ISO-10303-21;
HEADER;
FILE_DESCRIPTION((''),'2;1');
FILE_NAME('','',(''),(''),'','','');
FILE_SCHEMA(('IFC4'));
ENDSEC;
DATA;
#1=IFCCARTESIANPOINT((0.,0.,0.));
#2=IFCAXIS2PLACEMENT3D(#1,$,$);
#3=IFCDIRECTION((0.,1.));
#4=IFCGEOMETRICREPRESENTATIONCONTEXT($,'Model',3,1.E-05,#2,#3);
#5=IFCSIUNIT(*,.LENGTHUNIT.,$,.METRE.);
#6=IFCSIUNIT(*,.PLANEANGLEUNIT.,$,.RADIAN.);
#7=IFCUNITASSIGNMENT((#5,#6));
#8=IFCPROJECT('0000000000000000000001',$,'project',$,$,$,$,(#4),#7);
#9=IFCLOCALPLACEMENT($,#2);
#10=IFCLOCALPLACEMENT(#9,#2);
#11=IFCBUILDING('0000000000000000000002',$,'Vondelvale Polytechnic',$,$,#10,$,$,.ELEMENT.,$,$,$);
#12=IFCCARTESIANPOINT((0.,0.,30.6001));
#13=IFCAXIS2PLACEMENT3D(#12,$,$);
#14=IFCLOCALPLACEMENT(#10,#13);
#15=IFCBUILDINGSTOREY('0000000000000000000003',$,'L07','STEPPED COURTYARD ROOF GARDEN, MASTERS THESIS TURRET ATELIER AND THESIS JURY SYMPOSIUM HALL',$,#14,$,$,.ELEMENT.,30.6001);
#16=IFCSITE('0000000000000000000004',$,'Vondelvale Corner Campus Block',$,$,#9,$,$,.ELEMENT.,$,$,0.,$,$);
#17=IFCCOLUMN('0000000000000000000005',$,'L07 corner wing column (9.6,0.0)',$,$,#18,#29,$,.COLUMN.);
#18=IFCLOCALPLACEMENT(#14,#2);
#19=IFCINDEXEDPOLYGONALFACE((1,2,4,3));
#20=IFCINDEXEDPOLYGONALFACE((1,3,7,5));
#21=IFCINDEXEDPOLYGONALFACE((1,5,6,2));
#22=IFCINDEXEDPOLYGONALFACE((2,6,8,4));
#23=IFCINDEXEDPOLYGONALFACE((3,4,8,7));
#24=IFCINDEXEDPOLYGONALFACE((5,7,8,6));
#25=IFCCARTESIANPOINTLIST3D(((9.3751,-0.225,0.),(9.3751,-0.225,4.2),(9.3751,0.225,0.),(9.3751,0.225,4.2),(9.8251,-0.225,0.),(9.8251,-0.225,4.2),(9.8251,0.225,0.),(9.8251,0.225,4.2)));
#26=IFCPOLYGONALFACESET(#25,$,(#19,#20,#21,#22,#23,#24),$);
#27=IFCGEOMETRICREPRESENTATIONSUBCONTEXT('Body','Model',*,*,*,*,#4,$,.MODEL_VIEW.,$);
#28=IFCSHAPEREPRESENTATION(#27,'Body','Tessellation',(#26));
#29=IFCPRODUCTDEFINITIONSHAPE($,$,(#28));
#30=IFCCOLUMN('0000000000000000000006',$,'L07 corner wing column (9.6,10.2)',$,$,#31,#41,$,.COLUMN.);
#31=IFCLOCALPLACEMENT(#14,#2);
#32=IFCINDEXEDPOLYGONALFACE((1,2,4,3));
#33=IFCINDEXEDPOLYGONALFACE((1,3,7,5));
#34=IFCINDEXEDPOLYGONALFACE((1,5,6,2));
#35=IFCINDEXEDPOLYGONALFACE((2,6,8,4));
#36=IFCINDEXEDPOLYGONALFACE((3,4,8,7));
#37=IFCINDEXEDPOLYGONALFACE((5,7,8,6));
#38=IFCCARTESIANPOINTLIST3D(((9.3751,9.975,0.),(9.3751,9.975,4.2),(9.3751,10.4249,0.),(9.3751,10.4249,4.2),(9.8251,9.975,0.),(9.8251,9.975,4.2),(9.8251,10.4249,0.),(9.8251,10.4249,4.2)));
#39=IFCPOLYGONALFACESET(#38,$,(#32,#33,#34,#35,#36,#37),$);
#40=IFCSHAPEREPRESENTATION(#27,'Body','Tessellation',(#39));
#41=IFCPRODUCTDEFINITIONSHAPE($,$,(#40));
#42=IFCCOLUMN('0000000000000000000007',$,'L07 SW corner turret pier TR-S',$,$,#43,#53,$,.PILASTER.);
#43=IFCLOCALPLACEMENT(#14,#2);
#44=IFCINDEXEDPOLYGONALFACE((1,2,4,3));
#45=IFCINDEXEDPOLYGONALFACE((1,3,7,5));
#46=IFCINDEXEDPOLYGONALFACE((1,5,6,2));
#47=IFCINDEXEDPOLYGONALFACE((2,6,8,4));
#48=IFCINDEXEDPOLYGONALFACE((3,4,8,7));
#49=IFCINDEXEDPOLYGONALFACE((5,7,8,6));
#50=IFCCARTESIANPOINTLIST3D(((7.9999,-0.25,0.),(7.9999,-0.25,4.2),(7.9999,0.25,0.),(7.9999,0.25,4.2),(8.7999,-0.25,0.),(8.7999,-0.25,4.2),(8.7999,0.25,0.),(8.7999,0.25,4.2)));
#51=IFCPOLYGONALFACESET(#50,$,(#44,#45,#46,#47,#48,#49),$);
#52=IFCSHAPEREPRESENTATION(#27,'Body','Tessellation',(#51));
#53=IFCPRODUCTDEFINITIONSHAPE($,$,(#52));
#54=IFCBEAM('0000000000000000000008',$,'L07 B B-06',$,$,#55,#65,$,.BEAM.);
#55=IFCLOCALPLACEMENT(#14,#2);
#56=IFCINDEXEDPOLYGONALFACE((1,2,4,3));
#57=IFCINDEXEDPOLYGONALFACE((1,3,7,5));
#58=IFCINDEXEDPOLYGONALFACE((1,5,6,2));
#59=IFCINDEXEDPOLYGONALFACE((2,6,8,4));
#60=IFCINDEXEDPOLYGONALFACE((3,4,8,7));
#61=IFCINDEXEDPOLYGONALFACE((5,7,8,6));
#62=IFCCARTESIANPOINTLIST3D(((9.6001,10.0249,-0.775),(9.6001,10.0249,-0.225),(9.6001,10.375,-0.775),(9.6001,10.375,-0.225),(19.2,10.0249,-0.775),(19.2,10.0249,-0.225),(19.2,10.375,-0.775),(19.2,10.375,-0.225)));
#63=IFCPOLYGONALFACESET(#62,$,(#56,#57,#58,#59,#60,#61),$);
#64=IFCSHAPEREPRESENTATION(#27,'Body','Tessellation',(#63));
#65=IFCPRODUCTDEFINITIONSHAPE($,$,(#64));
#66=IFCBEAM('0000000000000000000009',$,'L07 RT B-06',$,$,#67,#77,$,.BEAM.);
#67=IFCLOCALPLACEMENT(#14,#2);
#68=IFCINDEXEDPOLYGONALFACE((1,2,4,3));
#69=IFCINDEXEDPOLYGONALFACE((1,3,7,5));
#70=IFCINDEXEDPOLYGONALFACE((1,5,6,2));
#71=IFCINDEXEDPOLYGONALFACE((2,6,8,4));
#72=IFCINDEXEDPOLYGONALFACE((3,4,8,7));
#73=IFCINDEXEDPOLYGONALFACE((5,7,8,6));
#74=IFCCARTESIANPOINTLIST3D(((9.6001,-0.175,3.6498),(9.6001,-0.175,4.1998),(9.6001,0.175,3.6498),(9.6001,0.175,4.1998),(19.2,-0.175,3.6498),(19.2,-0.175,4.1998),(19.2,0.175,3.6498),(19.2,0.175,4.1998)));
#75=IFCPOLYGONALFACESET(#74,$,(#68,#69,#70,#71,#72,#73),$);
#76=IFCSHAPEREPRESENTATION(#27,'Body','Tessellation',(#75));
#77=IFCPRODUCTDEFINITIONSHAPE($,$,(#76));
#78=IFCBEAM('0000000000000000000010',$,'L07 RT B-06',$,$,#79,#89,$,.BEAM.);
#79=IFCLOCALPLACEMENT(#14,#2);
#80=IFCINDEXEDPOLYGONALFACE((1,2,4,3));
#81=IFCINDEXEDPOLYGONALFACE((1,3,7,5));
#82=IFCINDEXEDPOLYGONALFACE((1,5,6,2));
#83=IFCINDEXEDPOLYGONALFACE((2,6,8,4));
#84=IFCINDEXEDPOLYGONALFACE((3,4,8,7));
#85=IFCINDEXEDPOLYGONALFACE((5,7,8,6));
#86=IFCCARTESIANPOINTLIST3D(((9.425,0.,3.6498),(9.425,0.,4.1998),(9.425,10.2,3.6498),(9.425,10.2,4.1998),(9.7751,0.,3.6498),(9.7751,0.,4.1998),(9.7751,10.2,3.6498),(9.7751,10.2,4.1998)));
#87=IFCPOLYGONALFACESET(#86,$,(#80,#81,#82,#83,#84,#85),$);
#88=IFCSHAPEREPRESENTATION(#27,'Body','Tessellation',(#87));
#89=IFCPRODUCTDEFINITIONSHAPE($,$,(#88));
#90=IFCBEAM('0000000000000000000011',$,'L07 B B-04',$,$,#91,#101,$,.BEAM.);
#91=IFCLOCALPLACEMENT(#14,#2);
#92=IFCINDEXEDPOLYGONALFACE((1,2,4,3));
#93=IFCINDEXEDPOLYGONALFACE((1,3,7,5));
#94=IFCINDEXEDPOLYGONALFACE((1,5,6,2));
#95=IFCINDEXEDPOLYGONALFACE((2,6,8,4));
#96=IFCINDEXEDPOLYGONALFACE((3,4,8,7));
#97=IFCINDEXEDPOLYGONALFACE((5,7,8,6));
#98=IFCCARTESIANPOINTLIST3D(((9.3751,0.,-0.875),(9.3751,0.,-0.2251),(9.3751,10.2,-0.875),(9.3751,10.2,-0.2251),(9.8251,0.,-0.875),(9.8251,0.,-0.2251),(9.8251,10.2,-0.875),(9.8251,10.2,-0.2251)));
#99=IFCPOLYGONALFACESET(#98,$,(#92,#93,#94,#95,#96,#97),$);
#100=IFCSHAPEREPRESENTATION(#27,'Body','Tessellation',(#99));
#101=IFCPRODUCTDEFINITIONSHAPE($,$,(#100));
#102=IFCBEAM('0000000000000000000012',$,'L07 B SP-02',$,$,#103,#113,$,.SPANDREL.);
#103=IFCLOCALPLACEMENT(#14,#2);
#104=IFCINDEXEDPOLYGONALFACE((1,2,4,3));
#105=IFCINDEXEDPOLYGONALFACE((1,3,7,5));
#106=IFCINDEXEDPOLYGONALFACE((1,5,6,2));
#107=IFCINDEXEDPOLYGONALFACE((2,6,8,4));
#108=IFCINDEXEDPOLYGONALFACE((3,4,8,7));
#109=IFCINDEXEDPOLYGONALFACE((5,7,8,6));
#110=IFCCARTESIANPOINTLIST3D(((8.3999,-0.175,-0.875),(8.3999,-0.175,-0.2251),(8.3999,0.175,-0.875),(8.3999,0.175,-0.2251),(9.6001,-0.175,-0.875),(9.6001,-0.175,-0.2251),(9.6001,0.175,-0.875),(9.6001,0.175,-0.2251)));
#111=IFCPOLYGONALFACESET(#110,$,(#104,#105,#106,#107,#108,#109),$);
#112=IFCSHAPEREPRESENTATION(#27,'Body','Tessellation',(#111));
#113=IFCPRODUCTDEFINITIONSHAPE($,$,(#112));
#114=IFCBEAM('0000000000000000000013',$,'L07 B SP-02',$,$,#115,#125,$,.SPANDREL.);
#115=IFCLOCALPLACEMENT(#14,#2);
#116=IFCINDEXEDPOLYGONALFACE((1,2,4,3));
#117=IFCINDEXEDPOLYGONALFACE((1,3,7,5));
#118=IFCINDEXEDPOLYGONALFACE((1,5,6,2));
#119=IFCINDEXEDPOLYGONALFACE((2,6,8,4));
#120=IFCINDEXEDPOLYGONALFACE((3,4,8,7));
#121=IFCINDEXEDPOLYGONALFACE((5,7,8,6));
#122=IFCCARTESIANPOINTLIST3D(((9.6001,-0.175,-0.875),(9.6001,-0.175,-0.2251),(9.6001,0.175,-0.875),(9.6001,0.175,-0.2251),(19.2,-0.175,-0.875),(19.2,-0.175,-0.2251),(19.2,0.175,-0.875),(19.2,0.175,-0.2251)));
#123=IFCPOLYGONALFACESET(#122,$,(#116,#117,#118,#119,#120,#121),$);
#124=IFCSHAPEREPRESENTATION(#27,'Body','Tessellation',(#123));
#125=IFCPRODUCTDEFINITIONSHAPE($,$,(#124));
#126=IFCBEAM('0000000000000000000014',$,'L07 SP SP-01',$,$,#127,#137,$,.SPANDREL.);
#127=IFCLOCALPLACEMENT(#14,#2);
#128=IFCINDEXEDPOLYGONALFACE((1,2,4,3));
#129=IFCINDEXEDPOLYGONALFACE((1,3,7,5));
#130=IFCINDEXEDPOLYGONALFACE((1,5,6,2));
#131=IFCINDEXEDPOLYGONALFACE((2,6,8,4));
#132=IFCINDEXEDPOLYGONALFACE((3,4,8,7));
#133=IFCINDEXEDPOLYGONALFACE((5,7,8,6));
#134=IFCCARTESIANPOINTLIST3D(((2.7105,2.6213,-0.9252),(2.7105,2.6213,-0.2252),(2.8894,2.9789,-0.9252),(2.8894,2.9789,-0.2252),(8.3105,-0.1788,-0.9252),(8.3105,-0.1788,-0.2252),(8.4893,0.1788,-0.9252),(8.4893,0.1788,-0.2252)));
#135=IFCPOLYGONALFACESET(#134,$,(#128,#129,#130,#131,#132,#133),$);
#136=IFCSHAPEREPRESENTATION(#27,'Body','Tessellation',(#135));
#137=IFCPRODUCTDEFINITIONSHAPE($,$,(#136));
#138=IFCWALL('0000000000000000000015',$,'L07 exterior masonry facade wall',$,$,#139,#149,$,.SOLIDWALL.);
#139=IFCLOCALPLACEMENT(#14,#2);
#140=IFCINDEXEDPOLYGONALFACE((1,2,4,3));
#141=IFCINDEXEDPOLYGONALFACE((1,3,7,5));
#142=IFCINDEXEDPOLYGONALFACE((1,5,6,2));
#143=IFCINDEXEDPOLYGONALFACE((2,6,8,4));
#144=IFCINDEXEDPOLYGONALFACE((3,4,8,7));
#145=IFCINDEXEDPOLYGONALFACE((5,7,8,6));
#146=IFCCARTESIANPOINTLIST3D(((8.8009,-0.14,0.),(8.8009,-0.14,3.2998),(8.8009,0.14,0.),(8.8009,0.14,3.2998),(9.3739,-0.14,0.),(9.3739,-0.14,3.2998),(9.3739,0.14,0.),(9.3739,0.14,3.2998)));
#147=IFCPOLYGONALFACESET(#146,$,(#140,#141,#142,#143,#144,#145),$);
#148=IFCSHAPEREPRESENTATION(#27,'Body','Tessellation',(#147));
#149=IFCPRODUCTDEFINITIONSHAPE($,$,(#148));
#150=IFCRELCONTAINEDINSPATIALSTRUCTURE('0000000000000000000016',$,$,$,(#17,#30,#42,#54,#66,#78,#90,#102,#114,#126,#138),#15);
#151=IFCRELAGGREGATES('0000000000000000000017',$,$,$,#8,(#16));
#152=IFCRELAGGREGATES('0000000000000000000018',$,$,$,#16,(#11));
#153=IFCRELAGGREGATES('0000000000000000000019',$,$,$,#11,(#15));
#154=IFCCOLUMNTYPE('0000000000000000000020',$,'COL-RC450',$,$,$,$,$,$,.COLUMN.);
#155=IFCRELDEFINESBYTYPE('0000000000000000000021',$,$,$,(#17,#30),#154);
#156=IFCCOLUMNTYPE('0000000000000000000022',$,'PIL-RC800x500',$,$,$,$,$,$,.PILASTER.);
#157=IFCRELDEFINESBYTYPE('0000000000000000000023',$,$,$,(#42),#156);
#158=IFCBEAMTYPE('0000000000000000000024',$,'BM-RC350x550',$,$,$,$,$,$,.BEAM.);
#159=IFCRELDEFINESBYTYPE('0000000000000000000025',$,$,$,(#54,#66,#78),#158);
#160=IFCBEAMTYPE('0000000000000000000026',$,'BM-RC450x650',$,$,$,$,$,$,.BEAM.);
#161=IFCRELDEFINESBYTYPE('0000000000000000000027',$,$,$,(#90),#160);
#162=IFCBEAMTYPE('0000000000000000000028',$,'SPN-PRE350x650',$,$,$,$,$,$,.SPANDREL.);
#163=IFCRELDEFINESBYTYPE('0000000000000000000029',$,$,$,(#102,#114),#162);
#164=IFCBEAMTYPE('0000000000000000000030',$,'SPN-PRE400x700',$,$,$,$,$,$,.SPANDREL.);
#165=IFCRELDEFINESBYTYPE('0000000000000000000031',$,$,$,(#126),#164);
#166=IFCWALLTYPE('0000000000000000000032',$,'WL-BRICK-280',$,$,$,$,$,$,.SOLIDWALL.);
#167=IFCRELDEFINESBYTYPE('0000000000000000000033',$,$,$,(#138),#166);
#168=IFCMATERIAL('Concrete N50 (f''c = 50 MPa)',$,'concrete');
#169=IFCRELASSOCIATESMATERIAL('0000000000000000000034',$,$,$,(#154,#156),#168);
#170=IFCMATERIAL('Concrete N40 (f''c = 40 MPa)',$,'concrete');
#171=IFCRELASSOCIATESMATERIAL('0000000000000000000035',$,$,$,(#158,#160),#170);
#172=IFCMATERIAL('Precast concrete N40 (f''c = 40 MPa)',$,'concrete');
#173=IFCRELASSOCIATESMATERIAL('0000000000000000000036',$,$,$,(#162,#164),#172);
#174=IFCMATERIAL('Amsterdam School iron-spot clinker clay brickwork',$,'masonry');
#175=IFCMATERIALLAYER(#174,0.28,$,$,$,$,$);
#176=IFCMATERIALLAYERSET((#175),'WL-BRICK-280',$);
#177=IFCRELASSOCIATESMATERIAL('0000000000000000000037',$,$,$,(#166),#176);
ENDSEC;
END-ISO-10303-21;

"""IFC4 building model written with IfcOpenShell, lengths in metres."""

from ifc_helpers import new_model, si_unit, direction, frame, frame_2d, origin, origin_2d, place, context, subcontext, project, spatial, rectangle, extrude, material, layer, layer_set, material_profile, profile_set, type_object, element, save


model = new_model("IFC4")

# Units and contexts
model_context = context("Model", 3, precision=1e-05, world=origin(), true_north=direction((0.0, 1.0)))
body_context = subcontext(model_context, "Body", "Model", "MODEL_VIEW")
ifc_project = project(units=[si_unit("LENGTHUNIT", "METRE"), si_unit("PLANEANGLEUNIT", "RADIAN")], contexts=[model_context])

# Site, building, storey
site_placement = place(None, origin())
site = spatial("IfcSite", under=ifc_project, at=site_placement, Name="Vondelvale Corner Campus Block", CompositionType="ELEMENT", RefElevation=0.0)
building_placement = place(site_placement, origin())
building = spatial("IfcBuilding", under=site, at=building_placement, Name="Vondelvale Polytechnic", CompositionType="ELEMENT")
storey_placement = place(building_placement, frame((0.0, 0.0, 30.6001)))
storey = spatial("IfcBuildingStorey", under=building, at=storey_placement, Name="L07", Description="STEPPED COURTYARD ROOF GARDEN, MASTERS THESIS TURRET ATELIER AND THESIS JURY SYMPOSIUM HALL", CompositionType="ELEMENT", Elevation=30.6001)

# Columns
ifc_material_1 = material(Name="Concrete N50 (f'c = 50 MPa)", Category="concrete")
ifc_material_profile_1 = material_profile(ifc_material_1, rectangle(XDim=0.45, YDim=0.45, at=origin_2d()), Name="RC-COL-450x450")
ifc_profile_set_1 = profile_set([ifc_material_profile_1], Name="Concrete N50 (f'c = 50 MPa)")
column_type_1 = type_object("IfcColumnType", Name="COL-RC450", PredefinedType="COLUMN", material=ifc_profile_set_1)
for number, where, z_axis, x_axis, name in (
    (1, (9.6001, 0.0, 0.0), (0.0, 0.0, 1.0), (1.0, 0.0, 0.0), "L07 corner wing column (9.6,0.0)"),
    (2, (9.6001, 10.2, 0.0), (0.0, 0.0, 1.0), (1.0, 0.0, 0.0), "L07 corner wing column (9.6,10.2)"),
):
    element("IfcColumn", number, at=place(storey_placement, frame(where, z_axis=z_axis, x_axis=x_axis)), inside=storey, type_object=column_type_1, Name=name, PredefinedType="COLUMN", context=body_context, shape_type="SweptSolid", body=[
        extrude(rectangle(XDim=0.45, YDim=0.45, at=origin_2d()), origin(), (0.0, 0.0, 1.0), 4.2),
    ])
ifc_material_profile_2 = material_profile(ifc_material_1, rectangle(XDim=0.5, YDim=0.8, at=origin_2d()), Name="RC-PIL-800x500")
ifc_profile_set_2 = profile_set([ifc_material_profile_2], Name="Concrete N50 (f'c = 50 MPa)")
column_type_2 = type_object("IfcColumnType", Name="PIL-RC800x500", PredefinedType="PILASTER", material=ifc_profile_set_2)
column_placement = place(storey_placement, frame((8.3999, 0.0, 0.0), z_axis=(0.0, 0.0, 1.0), x_axis=(0.0, 1.0, 0.0)))
element("IfcColumn", 3, at=column_placement, inside=storey, type_object=column_type_2, Name="L07 SW corner turret pier TR-S", PredefinedType="PILASTER", context=body_context, shape_type="SweptSolid", body=[
    extrude(rectangle(XDim=0.5, YDim=0.8, at=origin_2d()), origin(), (0.0, 0.0, 1.0), 4.2),
])

# Beams
ifc_material_2 = material(Name="Concrete N40 (f'c = 40 MPa)", Category="concrete")
ifc_material_profile_3 = material_profile(ifc_material_2, rectangle(XDim=0.3501, YDim=0.55, at=origin_2d()), Name="RC-BM-350x550")
ifc_profile_set_3 = profile_set([ifc_material_profile_3], Name="Concrete N40 (f'c = 40 MPa)")
beam_type_1 = type_object("IfcBeamType", Name="BM-RC350x550", PredefinedType="BEAM", material=ifc_profile_set_3)
for number, where, z_axis, x_axis, name in (
    (4, (9.6001, 10.2, -0.5), (1.0, 0.0, 0.0), (0.0, 1.0, 0.0), "L07 B B-06"),
    (5, (9.6001, 0.0, 3.9248), (1.0, 0.0, 0.0), (0.0, 1.0, 0.0), "L07 RT B-06"),
):
    element("IfcBeam", number, at=place(storey_placement, frame(where, z_axis=z_axis, x_axis=x_axis)), inside=storey, type_object=beam_type_1, Name=name, PredefinedType="BEAM", context=body_context, shape_type="SweptSolid", body=[
        extrude(rectangle(XDim=0.3501, YDim=0.55, at=origin_2d()), origin(), (0.0, 0.0, 1.0), 9.5999),
    ])
beam_1_placement = place(storey_placement, frame((9.6001, 0.0, 3.9248), z_axis=(0.0, 1.0, 0.0), x_axis=(-1.0, 0.0, 0.0)))
element("IfcBeam", 6, at=beam_1_placement, inside=storey, type_object=beam_type_1, Name="L07 RT B-06", PredefinedType="BEAM", context=body_context, shape_type="SweptSolid", body=[
    extrude(rectangle(XDim=0.3501, YDim=0.55, at=origin_2d()), origin(), (0.0, 0.0, 1.0), 10.2),
])
ifc_material_profile_4 = material_profile(ifc_material_2, rectangle(XDim=0.45, YDim=0.6499, at=origin_2d()), Name="RC-BM-450x650")
ifc_profile_set_4 = profile_set([ifc_material_profile_4], Name="Concrete N40 (f'c = 40 MPa)")
beam_type_2 = type_object("IfcBeamType", Name="BM-RC450x650", PredefinedType="BEAM", material=ifc_profile_set_4)
beam_2_placement = place(storey_placement, frame((9.6001, 0.0, -0.55), z_axis=(0.0, 1.0, 0.0), x_axis=(-1.0, 0.0, 0.0)))
element("IfcBeam", 7, at=beam_2_placement, inside=storey, type_object=beam_type_2, Name="L07 B B-04", PredefinedType="BEAM", context=body_context, shape_type="SweptSolid", body=[
    extrude(rectangle(XDim=0.45, YDim=0.6499, at=origin_2d()), origin(), (0.0, 0.0, 1.0), 10.2),
])
ifc_material_3 = material(Name="Precast concrete N40 (f'c = 40 MPa)", Category="concrete")
ifc_material_profile_5 = material_profile(ifc_material_3, rectangle(XDim=0.3501, YDim=0.6499, at=origin_2d()), Name="RC-SPN-350x650")
ifc_profile_set_5 = profile_set([ifc_material_profile_5], Name="Precast concrete N40 (f'c = 40 MPa)")
beam_type_3 = type_object("IfcBeamType", Name="SPN-PRE350x650", PredefinedType="SPANDREL", material=ifc_profile_set_5)
beam_3_placement = place(storey_placement, frame((8.3999, 0.0, -0.55), z_axis=(1.0, 0.0, 0.0), x_axis=(0.0, 1.0, 0.0)))
element("IfcBeam", 8, at=beam_3_placement, inside=storey, type_object=beam_type_3, Name="L07 B SP-02", PredefinedType="SPANDREL", context=body_context, shape_type="SweptSolid", body=[
    extrude(rectangle(XDim=0.3501, YDim=0.6499, at=origin_2d()), origin(), (0.0, 0.0, 1.0), 1.2002),
])
beam_4_placement = place(storey_placement, frame((9.6001, 0.0, -0.55), z_axis=(1.0, 0.0, 0.0), x_axis=(0.0, 1.0, 0.0)))
element("IfcBeam", 9, at=beam_4_placement, inside=storey, type_object=beam_type_3, Name="L07 B SP-02", PredefinedType="SPANDREL", context=body_context, shape_type="SweptSolid", body=[
    extrude(rectangle(XDim=0.3501, YDim=0.6499, at=origin_2d()), origin(), (0.0, 0.0, 1.0), 9.5999),
])
ifc_material_profile_6 = material_profile(ifc_material_3, rectangle(XDim=0.3999, YDim=0.7, at=origin_2d()), Name="RC-SPN-400x700")
ifc_profile_set_6 = profile_set([ifc_material_profile_6], Name="Precast concrete N40 (f'c = 40 MPa)")
beam_type_4 = type_object("IfcBeamType", Name="SPN-PRE400x700", PredefinedType="SPANDREL", material=ifc_profile_set_6)
beam_5_placement = place(storey_placement, frame((8.3999, 0.0, -0.5752), z_axis=(-0.894419, 0.447229, 0.0), x_axis=(-0.447229, -0.894419, 0.0)))
element("IfcBeam", 10, at=beam_5_placement, inside=storey, type_object=beam_type_4, Name="L07 SP SP-01", PredefinedType="SPANDREL", context=body_context, shape_type="SweptSolid", body=[
    extrude(rectangle(XDim=0.3999, YDim=0.7, at=origin_2d()), origin(), (0.0, 0.0, 1.0), 6.261),
])

# Wall
ifc_material_4 = material(Name="Amsterdam School iron-spot clinker clay brickwork", Category="masonry")
ifc_layer_1 = layer(ifc_material_4, 0.28)
ifc_layer_set_1 = layer_set([ifc_layer_1], Name="WL-BRICK-280")
wall_type_1 = type_object("IfcWallType", Name="WL-BRICK-280", PredefinedType="SOLIDWALL", material=ifc_layer_set_1)
wall_1_placement = place(storey_placement, frame((9.374, 0.0, 0.0), z_axis=(0.0, 0.0, 1.0), x_axis=(-1.0, 0.0, 0.0)))
element("IfcWall", 11, at=wall_1_placement, inside=storey, type_object=wall_type_1, Name="L07 exterior masonry facade wall", PredefinedType="SOLIDWALL", context=body_context, shape_type="SweptSolid", body=[
    extrude(rectangle(XDim=0.573, YDim=0.28, at=frame_2d((0.2866, 0.0))), origin(), (0.0, 0.0, 1.0), 3.2998),
])

save(model, "model.ifc")
